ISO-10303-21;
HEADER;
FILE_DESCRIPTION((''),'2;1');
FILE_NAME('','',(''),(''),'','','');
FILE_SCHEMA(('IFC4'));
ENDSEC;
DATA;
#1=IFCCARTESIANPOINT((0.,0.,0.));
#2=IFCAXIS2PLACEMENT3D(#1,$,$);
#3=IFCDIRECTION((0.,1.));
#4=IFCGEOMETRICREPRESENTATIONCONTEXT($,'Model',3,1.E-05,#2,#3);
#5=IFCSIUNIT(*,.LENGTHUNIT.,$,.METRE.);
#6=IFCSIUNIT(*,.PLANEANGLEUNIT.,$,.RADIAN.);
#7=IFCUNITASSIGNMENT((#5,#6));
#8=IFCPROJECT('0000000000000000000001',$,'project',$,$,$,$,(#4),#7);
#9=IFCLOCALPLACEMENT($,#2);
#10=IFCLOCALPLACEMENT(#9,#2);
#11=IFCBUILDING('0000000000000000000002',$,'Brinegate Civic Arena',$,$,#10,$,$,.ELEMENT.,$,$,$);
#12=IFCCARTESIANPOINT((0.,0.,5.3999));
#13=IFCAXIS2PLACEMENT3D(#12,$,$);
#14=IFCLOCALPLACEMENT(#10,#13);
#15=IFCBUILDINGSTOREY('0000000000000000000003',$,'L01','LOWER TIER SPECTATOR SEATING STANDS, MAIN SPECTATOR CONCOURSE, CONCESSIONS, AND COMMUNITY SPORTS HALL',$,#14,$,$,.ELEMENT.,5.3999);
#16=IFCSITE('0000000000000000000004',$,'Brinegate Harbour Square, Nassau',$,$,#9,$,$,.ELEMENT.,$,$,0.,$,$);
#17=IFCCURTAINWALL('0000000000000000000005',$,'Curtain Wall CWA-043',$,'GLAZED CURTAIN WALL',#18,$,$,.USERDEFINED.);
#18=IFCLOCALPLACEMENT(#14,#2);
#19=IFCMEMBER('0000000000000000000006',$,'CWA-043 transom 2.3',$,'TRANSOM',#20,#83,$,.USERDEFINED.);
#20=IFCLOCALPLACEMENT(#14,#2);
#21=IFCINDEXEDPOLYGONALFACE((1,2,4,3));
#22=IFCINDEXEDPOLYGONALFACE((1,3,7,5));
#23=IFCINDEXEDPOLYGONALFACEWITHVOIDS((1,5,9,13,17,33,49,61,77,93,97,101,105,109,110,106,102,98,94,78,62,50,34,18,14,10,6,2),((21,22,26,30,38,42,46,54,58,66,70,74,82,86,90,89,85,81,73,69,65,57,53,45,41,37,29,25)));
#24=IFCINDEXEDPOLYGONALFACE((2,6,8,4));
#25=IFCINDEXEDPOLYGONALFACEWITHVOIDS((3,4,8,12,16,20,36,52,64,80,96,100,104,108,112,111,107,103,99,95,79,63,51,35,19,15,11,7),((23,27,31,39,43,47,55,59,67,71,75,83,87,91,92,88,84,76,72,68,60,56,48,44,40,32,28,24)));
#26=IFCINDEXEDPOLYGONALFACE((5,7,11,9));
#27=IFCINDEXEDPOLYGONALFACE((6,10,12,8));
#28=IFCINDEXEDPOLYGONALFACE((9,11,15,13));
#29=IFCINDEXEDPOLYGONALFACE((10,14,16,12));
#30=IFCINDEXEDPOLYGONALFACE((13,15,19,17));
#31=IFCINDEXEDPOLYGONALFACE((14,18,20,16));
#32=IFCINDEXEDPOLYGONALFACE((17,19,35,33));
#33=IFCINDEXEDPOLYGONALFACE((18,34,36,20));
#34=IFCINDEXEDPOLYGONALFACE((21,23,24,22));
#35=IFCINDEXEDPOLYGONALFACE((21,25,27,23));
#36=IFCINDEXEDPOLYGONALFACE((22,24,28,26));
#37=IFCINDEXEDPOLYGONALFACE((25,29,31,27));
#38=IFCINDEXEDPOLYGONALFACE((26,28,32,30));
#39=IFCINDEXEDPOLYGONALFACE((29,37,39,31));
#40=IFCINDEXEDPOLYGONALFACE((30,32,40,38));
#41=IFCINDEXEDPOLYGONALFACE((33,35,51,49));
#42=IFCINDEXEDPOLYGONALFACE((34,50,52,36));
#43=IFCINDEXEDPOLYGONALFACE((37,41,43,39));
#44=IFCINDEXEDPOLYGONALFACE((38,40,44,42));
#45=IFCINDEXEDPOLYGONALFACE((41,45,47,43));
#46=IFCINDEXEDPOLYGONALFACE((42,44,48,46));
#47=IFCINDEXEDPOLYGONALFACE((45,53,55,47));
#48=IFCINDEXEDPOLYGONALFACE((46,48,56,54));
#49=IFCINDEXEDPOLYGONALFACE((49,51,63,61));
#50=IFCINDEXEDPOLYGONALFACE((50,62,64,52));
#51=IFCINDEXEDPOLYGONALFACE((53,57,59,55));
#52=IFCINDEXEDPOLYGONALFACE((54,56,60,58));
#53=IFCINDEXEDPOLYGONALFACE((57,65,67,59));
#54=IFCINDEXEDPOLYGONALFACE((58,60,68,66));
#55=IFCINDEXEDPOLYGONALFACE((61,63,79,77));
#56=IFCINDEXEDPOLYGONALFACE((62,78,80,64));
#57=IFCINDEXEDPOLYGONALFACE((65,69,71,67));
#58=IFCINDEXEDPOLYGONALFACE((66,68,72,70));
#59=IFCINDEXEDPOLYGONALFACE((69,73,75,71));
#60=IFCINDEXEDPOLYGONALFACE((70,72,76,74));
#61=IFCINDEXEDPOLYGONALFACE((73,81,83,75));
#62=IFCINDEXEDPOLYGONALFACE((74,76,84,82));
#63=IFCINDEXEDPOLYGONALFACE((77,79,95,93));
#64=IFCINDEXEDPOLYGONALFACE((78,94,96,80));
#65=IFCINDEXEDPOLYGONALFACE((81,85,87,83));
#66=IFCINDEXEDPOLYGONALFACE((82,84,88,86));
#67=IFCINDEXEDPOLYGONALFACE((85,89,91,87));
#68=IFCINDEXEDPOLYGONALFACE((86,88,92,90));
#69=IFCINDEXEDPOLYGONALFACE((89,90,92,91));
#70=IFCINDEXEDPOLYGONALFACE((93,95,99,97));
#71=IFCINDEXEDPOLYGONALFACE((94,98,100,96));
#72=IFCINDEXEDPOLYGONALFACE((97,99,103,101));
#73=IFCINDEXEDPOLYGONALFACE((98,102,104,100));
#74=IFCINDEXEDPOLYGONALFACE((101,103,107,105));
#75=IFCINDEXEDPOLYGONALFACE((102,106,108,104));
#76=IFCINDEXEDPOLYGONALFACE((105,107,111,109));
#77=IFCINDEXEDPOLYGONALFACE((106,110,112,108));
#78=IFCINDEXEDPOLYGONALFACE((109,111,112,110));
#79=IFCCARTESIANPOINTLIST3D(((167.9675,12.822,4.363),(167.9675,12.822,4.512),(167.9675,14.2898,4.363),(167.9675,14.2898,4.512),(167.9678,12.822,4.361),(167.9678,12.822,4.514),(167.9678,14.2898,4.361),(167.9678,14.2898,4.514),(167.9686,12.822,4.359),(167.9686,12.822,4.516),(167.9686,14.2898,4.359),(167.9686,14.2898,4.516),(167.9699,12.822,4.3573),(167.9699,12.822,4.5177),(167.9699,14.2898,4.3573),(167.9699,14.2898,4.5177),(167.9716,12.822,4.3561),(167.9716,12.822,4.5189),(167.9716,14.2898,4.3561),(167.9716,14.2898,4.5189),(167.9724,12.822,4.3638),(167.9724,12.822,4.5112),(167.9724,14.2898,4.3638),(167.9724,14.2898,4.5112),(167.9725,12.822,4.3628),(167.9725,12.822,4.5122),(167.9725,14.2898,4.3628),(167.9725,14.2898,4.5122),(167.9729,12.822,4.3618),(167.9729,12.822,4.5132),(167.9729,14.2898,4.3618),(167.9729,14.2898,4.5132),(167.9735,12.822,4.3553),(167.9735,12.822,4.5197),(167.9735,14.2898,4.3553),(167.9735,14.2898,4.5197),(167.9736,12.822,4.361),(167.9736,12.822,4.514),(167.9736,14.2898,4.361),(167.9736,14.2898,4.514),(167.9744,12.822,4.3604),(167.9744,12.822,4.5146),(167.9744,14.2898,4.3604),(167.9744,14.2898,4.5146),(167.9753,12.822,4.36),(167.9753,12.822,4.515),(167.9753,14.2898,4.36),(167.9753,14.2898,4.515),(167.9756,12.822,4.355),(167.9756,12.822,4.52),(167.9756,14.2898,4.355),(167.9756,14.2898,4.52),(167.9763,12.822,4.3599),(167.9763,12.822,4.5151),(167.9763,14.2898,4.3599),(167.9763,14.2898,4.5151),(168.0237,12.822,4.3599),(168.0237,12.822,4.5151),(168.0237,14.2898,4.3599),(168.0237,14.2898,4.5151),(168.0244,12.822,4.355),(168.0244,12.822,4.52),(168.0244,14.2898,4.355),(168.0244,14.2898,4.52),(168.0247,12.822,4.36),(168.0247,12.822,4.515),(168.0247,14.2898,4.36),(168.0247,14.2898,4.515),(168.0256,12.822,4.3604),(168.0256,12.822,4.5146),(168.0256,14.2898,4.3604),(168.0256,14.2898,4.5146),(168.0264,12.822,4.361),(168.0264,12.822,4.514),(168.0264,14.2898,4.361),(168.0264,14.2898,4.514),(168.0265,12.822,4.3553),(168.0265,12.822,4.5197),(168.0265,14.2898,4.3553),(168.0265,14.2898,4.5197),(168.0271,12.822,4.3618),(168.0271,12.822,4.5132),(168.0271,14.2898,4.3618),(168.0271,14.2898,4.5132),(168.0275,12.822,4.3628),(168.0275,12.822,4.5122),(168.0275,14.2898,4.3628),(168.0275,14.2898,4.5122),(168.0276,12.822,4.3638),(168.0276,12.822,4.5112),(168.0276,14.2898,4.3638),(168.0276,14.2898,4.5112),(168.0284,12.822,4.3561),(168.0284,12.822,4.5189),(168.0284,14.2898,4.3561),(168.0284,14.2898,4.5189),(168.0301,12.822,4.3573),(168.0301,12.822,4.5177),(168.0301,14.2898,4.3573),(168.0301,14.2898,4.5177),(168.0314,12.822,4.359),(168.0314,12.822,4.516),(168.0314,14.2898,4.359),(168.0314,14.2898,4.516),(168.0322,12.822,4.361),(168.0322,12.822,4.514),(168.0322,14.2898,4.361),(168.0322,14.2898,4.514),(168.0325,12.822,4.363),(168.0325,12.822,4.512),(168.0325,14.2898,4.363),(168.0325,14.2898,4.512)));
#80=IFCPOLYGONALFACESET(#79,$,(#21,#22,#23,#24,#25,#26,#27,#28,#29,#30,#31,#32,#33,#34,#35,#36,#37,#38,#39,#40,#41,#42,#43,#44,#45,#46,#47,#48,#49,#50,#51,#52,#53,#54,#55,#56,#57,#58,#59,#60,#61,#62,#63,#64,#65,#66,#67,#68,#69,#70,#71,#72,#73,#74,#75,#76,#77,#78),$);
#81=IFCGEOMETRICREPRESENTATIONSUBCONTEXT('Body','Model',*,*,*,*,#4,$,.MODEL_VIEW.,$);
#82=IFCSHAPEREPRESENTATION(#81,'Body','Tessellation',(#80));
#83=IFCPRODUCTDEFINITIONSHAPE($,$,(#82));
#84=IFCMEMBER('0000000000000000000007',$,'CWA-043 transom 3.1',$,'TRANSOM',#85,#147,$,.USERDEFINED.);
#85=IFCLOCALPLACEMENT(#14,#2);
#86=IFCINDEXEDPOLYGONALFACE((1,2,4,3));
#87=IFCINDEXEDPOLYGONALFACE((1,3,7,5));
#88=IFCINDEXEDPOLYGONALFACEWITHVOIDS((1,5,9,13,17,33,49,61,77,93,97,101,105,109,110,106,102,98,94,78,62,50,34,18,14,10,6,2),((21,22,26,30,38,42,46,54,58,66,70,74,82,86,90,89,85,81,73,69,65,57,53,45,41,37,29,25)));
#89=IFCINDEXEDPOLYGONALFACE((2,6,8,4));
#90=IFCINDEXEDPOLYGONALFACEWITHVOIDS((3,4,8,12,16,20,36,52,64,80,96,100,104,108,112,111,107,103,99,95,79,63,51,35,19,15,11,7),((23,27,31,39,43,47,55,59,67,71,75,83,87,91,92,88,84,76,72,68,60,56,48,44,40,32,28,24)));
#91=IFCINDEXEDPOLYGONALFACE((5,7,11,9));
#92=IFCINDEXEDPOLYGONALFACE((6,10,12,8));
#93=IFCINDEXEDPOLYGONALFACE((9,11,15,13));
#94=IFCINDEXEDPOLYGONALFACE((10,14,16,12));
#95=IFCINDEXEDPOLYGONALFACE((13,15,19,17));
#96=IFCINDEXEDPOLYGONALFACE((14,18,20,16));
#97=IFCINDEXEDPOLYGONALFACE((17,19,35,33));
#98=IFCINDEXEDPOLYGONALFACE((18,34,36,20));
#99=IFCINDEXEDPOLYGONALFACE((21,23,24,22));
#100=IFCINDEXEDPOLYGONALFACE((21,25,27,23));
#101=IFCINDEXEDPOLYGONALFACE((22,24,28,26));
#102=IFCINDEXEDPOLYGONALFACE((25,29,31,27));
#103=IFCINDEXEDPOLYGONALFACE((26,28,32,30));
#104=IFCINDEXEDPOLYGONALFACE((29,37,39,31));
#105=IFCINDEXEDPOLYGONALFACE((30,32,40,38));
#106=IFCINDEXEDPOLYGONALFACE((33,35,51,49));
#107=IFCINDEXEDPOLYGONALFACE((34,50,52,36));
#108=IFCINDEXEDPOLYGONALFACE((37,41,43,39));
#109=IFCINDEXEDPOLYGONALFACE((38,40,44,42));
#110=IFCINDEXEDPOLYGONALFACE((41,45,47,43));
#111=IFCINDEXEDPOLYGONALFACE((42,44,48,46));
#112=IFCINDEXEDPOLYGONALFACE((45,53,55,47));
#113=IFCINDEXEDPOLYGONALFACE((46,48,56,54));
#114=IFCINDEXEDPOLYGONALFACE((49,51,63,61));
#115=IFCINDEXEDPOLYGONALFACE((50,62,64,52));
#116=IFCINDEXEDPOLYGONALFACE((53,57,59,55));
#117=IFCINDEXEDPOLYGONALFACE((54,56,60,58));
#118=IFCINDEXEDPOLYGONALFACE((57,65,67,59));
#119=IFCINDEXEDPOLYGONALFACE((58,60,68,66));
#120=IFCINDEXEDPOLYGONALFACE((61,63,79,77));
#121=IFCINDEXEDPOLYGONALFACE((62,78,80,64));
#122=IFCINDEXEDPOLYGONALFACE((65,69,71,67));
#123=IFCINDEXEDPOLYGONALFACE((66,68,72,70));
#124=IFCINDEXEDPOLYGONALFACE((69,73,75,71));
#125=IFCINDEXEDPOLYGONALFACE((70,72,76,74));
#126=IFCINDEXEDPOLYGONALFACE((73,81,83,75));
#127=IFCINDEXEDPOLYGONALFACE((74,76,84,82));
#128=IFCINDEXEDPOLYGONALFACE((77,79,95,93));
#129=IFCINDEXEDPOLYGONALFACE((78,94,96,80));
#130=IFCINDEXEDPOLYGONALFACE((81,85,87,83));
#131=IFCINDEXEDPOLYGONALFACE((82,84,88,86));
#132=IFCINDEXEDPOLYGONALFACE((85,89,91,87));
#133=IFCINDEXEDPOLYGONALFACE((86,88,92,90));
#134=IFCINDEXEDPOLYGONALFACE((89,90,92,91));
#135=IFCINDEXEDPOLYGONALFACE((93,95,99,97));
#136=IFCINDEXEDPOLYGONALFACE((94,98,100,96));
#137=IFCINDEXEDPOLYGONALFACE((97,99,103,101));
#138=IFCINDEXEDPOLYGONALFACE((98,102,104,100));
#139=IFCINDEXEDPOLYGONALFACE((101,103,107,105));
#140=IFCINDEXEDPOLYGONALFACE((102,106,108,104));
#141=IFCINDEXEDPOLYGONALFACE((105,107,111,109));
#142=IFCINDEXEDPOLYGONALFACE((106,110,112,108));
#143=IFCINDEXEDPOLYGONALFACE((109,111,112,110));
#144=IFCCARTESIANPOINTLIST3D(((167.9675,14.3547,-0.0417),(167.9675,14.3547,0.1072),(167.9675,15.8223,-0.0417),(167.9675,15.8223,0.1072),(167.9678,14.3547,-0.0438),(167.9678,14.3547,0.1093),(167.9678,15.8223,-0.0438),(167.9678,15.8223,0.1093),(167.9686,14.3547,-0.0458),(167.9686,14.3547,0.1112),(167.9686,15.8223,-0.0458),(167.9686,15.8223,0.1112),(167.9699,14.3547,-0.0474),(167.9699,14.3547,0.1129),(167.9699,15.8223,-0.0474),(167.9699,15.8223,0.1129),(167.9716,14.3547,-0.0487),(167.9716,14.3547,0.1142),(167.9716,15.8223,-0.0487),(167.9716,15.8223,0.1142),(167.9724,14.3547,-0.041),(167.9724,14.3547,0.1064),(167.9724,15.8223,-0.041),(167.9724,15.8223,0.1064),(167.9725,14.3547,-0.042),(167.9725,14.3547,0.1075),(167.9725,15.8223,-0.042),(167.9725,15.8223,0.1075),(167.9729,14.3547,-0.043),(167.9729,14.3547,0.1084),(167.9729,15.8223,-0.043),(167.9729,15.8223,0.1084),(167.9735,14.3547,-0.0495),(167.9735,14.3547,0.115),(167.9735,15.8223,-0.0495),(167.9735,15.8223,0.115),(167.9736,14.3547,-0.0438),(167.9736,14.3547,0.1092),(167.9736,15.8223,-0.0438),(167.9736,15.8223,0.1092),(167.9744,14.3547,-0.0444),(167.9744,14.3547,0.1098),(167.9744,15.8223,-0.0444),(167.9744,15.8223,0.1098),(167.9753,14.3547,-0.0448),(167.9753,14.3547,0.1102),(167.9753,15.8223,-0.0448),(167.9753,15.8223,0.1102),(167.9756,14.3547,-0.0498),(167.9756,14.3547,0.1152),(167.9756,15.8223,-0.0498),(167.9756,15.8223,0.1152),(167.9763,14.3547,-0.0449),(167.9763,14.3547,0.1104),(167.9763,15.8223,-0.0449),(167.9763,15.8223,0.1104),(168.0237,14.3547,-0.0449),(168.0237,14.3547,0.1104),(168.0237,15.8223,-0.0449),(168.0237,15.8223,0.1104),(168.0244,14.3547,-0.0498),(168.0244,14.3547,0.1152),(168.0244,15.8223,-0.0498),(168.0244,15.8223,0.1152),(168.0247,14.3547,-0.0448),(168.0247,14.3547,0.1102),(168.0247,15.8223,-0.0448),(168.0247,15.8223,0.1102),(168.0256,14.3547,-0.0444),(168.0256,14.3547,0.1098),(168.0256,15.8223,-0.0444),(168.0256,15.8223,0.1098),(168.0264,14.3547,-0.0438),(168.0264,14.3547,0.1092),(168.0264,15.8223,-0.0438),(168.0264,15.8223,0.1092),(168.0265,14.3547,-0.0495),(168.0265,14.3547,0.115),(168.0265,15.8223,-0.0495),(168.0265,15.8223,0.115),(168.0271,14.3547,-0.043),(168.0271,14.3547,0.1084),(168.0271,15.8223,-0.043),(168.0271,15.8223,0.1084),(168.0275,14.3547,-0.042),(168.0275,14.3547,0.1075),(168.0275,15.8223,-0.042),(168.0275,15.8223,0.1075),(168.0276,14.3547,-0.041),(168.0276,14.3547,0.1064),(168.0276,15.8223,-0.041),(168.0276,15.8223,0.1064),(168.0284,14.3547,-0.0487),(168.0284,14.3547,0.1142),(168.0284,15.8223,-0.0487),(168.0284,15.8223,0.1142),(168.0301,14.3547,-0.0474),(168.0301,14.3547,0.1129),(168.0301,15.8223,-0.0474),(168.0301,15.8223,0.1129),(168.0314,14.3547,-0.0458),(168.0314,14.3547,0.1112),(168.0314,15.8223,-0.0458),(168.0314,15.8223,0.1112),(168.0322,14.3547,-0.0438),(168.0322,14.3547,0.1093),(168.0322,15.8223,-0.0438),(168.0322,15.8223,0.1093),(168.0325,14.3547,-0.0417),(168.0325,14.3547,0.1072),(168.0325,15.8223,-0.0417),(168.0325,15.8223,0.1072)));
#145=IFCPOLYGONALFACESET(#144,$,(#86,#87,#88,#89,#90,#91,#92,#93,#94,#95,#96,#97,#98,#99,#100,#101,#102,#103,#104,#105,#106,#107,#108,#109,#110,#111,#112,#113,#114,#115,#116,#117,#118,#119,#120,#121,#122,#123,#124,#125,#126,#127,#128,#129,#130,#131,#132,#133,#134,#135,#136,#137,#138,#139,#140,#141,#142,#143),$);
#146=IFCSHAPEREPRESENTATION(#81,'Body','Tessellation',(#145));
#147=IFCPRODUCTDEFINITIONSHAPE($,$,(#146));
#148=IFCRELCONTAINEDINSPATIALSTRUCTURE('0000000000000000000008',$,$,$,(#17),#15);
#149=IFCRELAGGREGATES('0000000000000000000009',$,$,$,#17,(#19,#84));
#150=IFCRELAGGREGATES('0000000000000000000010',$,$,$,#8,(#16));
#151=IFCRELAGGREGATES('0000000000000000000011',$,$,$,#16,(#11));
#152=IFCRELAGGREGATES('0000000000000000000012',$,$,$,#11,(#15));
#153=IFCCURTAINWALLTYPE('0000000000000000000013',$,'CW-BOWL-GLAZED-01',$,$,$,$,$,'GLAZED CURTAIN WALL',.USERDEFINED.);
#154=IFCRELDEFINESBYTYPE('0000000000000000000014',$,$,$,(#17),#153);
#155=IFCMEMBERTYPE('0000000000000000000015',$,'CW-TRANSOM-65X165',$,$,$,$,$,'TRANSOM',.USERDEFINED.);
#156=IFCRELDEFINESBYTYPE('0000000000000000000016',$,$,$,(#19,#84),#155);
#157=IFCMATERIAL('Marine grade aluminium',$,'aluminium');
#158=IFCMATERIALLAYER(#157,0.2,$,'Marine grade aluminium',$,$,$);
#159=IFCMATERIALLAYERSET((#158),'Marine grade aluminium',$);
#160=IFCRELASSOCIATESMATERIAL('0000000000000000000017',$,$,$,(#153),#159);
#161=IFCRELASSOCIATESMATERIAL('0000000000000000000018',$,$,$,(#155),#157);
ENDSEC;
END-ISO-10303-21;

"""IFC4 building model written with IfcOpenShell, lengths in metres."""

from ifc_helpers import new_model, si_unit, direction, frame, origin, origin_2d, place, context, subcontext, project, spatial, hollow_rectangle, extrude, material, layer, layer_set, material_profile, profile_set, type_object, element, aggregate, save


model = new_model("IFC4")

# Units and contexts
model_context = context("Model", 3, precision=1e-05, world=origin(), true_north=direction((0.0, 1.0)))
body_context = subcontext(model_context, "Body", "Model", "MODEL_VIEW")
ifc_project = project(units=[si_unit("LENGTHUNIT", "METRE"), si_unit("PLANEANGLEUNIT", "RADIAN")], contexts=[model_context])

# Site, building, storey
site_placement = place(None, origin())
site = spatial("IfcSite", under=ifc_project, at=site_placement, Name="Brinegate Harbour Square, Nassau", CompositionType="ELEMENT", RefElevation=0.0)
building_placement = place(site_placement, origin())
building = spatial("IfcBuilding", under=site, at=building_placement, Name="Brinegate Civic Arena", CompositionType="ELEMENT")
storey_placement = place(building_placement, frame((0.0, 0.0, 5.3999)))
storey = spatial("IfcBuildingStorey", under=building, at=storey_placement, Name="L01", Description="LOWER TIER SPECTATOR SEATING STANDS, MAIN SPECTATOR CONCOURSE, CONCESSIONS, AND COMMUNITY SPORTS HALL", CompositionType="ELEMENT", Elevation=5.3999)

# Curtain wall, members
ifc_material_1 = material(Name="Marine grade aluminium", Category="aluminium")
ifc_layer_1 = layer(ifc_material_1, 0.2, Name="Marine grade aluminium")
ifc_layer_set_1 = layer_set([ifc_layer_1], Name="Marine grade aluminium")
curtain_wall_type = type_object("IfcCurtainWallType", Name="CW-BOWL-GLAZED-01", ElementType="GLAZED CURTAIN WALL", PredefinedType="USERDEFINED", material=ifc_layer_set_1)
curtain_wall_placement = place(storey_placement, origin())
curtain_wall = element("IfcCurtainWall", 1, at=curtain_wall_placement, inside=storey, type_object=curtain_wall_type, Name="Curtain Wall CWA-043", ObjectType="GLAZED CURTAIN WALL", PredefinedType="USERDEFINED")
ifc_material_profile_1 = material_profile(ifc_material_1, hollow_rectangle(XDim=0.0649, YDim=0.165, WallThickness=0.0049, InnerFilletRadius=0.0039, OuterFilletRadius=0.0081, at=origin_2d()), Name="TRN65X165")
ifc_profile_set_1 = profile_set([ifc_material_profile_1], Name="Marine grade aluminium")
member_type_1 = type_object("IfcMemberType", Name="CW-TRANSOM-65X165", ElementType="TRANSOM", PredefinedType="USERDEFINED", material=ifc_profile_set_1)
member_1_placement = place(storey_placement, frame((168.0, 12.822, 4.4375), z_axis=(0.0, 1.0, 0.0), x_axis=(-1.0, 0.0, 0.0)))
member_1 = element("IfcMember", 2, at=member_1_placement, type_object=member_type_1, Name="CWA-043 transom 2.3", ObjectType="TRANSOM", PredefinedType="USERDEFINED", context=body_context, shape_type="SweptSolid", body=[
    extrude(hollow_rectangle(XDim=0.0649, YDim=0.165, WallThickness=0.0049, InnerFilletRadius=0.0039, OuterFilletRadius=0.0081, at=origin_2d()), origin(), (0.0, 0.0, 1.0), 1.4678),
])
member_2_placement = place(storey_placement, frame((168.0, 14.3547, 0.0327), z_axis=(0.0, 1.0, 0.0), x_axis=(-1.0, 0.0, 0.0)))
member_2 = element("IfcMember", 3, at=member_2_placement, type_object=member_type_1, Name="CWA-043 transom 3.1", ObjectType="TRANSOM", PredefinedType="USERDEFINED", context=body_context, shape_type="SweptSolid", body=[
    extrude(hollow_rectangle(XDim=0.0649, YDim=0.165, WallThickness=0.0049, InnerFilletRadius=0.0039, OuterFilletRadius=0.0081, at=origin_2d()), origin(), (0.0, 0.0, 1.0), 1.4675),
])
aggregate(curtain_wall, [member_1, member_2])

save(model, "model.ifc")
